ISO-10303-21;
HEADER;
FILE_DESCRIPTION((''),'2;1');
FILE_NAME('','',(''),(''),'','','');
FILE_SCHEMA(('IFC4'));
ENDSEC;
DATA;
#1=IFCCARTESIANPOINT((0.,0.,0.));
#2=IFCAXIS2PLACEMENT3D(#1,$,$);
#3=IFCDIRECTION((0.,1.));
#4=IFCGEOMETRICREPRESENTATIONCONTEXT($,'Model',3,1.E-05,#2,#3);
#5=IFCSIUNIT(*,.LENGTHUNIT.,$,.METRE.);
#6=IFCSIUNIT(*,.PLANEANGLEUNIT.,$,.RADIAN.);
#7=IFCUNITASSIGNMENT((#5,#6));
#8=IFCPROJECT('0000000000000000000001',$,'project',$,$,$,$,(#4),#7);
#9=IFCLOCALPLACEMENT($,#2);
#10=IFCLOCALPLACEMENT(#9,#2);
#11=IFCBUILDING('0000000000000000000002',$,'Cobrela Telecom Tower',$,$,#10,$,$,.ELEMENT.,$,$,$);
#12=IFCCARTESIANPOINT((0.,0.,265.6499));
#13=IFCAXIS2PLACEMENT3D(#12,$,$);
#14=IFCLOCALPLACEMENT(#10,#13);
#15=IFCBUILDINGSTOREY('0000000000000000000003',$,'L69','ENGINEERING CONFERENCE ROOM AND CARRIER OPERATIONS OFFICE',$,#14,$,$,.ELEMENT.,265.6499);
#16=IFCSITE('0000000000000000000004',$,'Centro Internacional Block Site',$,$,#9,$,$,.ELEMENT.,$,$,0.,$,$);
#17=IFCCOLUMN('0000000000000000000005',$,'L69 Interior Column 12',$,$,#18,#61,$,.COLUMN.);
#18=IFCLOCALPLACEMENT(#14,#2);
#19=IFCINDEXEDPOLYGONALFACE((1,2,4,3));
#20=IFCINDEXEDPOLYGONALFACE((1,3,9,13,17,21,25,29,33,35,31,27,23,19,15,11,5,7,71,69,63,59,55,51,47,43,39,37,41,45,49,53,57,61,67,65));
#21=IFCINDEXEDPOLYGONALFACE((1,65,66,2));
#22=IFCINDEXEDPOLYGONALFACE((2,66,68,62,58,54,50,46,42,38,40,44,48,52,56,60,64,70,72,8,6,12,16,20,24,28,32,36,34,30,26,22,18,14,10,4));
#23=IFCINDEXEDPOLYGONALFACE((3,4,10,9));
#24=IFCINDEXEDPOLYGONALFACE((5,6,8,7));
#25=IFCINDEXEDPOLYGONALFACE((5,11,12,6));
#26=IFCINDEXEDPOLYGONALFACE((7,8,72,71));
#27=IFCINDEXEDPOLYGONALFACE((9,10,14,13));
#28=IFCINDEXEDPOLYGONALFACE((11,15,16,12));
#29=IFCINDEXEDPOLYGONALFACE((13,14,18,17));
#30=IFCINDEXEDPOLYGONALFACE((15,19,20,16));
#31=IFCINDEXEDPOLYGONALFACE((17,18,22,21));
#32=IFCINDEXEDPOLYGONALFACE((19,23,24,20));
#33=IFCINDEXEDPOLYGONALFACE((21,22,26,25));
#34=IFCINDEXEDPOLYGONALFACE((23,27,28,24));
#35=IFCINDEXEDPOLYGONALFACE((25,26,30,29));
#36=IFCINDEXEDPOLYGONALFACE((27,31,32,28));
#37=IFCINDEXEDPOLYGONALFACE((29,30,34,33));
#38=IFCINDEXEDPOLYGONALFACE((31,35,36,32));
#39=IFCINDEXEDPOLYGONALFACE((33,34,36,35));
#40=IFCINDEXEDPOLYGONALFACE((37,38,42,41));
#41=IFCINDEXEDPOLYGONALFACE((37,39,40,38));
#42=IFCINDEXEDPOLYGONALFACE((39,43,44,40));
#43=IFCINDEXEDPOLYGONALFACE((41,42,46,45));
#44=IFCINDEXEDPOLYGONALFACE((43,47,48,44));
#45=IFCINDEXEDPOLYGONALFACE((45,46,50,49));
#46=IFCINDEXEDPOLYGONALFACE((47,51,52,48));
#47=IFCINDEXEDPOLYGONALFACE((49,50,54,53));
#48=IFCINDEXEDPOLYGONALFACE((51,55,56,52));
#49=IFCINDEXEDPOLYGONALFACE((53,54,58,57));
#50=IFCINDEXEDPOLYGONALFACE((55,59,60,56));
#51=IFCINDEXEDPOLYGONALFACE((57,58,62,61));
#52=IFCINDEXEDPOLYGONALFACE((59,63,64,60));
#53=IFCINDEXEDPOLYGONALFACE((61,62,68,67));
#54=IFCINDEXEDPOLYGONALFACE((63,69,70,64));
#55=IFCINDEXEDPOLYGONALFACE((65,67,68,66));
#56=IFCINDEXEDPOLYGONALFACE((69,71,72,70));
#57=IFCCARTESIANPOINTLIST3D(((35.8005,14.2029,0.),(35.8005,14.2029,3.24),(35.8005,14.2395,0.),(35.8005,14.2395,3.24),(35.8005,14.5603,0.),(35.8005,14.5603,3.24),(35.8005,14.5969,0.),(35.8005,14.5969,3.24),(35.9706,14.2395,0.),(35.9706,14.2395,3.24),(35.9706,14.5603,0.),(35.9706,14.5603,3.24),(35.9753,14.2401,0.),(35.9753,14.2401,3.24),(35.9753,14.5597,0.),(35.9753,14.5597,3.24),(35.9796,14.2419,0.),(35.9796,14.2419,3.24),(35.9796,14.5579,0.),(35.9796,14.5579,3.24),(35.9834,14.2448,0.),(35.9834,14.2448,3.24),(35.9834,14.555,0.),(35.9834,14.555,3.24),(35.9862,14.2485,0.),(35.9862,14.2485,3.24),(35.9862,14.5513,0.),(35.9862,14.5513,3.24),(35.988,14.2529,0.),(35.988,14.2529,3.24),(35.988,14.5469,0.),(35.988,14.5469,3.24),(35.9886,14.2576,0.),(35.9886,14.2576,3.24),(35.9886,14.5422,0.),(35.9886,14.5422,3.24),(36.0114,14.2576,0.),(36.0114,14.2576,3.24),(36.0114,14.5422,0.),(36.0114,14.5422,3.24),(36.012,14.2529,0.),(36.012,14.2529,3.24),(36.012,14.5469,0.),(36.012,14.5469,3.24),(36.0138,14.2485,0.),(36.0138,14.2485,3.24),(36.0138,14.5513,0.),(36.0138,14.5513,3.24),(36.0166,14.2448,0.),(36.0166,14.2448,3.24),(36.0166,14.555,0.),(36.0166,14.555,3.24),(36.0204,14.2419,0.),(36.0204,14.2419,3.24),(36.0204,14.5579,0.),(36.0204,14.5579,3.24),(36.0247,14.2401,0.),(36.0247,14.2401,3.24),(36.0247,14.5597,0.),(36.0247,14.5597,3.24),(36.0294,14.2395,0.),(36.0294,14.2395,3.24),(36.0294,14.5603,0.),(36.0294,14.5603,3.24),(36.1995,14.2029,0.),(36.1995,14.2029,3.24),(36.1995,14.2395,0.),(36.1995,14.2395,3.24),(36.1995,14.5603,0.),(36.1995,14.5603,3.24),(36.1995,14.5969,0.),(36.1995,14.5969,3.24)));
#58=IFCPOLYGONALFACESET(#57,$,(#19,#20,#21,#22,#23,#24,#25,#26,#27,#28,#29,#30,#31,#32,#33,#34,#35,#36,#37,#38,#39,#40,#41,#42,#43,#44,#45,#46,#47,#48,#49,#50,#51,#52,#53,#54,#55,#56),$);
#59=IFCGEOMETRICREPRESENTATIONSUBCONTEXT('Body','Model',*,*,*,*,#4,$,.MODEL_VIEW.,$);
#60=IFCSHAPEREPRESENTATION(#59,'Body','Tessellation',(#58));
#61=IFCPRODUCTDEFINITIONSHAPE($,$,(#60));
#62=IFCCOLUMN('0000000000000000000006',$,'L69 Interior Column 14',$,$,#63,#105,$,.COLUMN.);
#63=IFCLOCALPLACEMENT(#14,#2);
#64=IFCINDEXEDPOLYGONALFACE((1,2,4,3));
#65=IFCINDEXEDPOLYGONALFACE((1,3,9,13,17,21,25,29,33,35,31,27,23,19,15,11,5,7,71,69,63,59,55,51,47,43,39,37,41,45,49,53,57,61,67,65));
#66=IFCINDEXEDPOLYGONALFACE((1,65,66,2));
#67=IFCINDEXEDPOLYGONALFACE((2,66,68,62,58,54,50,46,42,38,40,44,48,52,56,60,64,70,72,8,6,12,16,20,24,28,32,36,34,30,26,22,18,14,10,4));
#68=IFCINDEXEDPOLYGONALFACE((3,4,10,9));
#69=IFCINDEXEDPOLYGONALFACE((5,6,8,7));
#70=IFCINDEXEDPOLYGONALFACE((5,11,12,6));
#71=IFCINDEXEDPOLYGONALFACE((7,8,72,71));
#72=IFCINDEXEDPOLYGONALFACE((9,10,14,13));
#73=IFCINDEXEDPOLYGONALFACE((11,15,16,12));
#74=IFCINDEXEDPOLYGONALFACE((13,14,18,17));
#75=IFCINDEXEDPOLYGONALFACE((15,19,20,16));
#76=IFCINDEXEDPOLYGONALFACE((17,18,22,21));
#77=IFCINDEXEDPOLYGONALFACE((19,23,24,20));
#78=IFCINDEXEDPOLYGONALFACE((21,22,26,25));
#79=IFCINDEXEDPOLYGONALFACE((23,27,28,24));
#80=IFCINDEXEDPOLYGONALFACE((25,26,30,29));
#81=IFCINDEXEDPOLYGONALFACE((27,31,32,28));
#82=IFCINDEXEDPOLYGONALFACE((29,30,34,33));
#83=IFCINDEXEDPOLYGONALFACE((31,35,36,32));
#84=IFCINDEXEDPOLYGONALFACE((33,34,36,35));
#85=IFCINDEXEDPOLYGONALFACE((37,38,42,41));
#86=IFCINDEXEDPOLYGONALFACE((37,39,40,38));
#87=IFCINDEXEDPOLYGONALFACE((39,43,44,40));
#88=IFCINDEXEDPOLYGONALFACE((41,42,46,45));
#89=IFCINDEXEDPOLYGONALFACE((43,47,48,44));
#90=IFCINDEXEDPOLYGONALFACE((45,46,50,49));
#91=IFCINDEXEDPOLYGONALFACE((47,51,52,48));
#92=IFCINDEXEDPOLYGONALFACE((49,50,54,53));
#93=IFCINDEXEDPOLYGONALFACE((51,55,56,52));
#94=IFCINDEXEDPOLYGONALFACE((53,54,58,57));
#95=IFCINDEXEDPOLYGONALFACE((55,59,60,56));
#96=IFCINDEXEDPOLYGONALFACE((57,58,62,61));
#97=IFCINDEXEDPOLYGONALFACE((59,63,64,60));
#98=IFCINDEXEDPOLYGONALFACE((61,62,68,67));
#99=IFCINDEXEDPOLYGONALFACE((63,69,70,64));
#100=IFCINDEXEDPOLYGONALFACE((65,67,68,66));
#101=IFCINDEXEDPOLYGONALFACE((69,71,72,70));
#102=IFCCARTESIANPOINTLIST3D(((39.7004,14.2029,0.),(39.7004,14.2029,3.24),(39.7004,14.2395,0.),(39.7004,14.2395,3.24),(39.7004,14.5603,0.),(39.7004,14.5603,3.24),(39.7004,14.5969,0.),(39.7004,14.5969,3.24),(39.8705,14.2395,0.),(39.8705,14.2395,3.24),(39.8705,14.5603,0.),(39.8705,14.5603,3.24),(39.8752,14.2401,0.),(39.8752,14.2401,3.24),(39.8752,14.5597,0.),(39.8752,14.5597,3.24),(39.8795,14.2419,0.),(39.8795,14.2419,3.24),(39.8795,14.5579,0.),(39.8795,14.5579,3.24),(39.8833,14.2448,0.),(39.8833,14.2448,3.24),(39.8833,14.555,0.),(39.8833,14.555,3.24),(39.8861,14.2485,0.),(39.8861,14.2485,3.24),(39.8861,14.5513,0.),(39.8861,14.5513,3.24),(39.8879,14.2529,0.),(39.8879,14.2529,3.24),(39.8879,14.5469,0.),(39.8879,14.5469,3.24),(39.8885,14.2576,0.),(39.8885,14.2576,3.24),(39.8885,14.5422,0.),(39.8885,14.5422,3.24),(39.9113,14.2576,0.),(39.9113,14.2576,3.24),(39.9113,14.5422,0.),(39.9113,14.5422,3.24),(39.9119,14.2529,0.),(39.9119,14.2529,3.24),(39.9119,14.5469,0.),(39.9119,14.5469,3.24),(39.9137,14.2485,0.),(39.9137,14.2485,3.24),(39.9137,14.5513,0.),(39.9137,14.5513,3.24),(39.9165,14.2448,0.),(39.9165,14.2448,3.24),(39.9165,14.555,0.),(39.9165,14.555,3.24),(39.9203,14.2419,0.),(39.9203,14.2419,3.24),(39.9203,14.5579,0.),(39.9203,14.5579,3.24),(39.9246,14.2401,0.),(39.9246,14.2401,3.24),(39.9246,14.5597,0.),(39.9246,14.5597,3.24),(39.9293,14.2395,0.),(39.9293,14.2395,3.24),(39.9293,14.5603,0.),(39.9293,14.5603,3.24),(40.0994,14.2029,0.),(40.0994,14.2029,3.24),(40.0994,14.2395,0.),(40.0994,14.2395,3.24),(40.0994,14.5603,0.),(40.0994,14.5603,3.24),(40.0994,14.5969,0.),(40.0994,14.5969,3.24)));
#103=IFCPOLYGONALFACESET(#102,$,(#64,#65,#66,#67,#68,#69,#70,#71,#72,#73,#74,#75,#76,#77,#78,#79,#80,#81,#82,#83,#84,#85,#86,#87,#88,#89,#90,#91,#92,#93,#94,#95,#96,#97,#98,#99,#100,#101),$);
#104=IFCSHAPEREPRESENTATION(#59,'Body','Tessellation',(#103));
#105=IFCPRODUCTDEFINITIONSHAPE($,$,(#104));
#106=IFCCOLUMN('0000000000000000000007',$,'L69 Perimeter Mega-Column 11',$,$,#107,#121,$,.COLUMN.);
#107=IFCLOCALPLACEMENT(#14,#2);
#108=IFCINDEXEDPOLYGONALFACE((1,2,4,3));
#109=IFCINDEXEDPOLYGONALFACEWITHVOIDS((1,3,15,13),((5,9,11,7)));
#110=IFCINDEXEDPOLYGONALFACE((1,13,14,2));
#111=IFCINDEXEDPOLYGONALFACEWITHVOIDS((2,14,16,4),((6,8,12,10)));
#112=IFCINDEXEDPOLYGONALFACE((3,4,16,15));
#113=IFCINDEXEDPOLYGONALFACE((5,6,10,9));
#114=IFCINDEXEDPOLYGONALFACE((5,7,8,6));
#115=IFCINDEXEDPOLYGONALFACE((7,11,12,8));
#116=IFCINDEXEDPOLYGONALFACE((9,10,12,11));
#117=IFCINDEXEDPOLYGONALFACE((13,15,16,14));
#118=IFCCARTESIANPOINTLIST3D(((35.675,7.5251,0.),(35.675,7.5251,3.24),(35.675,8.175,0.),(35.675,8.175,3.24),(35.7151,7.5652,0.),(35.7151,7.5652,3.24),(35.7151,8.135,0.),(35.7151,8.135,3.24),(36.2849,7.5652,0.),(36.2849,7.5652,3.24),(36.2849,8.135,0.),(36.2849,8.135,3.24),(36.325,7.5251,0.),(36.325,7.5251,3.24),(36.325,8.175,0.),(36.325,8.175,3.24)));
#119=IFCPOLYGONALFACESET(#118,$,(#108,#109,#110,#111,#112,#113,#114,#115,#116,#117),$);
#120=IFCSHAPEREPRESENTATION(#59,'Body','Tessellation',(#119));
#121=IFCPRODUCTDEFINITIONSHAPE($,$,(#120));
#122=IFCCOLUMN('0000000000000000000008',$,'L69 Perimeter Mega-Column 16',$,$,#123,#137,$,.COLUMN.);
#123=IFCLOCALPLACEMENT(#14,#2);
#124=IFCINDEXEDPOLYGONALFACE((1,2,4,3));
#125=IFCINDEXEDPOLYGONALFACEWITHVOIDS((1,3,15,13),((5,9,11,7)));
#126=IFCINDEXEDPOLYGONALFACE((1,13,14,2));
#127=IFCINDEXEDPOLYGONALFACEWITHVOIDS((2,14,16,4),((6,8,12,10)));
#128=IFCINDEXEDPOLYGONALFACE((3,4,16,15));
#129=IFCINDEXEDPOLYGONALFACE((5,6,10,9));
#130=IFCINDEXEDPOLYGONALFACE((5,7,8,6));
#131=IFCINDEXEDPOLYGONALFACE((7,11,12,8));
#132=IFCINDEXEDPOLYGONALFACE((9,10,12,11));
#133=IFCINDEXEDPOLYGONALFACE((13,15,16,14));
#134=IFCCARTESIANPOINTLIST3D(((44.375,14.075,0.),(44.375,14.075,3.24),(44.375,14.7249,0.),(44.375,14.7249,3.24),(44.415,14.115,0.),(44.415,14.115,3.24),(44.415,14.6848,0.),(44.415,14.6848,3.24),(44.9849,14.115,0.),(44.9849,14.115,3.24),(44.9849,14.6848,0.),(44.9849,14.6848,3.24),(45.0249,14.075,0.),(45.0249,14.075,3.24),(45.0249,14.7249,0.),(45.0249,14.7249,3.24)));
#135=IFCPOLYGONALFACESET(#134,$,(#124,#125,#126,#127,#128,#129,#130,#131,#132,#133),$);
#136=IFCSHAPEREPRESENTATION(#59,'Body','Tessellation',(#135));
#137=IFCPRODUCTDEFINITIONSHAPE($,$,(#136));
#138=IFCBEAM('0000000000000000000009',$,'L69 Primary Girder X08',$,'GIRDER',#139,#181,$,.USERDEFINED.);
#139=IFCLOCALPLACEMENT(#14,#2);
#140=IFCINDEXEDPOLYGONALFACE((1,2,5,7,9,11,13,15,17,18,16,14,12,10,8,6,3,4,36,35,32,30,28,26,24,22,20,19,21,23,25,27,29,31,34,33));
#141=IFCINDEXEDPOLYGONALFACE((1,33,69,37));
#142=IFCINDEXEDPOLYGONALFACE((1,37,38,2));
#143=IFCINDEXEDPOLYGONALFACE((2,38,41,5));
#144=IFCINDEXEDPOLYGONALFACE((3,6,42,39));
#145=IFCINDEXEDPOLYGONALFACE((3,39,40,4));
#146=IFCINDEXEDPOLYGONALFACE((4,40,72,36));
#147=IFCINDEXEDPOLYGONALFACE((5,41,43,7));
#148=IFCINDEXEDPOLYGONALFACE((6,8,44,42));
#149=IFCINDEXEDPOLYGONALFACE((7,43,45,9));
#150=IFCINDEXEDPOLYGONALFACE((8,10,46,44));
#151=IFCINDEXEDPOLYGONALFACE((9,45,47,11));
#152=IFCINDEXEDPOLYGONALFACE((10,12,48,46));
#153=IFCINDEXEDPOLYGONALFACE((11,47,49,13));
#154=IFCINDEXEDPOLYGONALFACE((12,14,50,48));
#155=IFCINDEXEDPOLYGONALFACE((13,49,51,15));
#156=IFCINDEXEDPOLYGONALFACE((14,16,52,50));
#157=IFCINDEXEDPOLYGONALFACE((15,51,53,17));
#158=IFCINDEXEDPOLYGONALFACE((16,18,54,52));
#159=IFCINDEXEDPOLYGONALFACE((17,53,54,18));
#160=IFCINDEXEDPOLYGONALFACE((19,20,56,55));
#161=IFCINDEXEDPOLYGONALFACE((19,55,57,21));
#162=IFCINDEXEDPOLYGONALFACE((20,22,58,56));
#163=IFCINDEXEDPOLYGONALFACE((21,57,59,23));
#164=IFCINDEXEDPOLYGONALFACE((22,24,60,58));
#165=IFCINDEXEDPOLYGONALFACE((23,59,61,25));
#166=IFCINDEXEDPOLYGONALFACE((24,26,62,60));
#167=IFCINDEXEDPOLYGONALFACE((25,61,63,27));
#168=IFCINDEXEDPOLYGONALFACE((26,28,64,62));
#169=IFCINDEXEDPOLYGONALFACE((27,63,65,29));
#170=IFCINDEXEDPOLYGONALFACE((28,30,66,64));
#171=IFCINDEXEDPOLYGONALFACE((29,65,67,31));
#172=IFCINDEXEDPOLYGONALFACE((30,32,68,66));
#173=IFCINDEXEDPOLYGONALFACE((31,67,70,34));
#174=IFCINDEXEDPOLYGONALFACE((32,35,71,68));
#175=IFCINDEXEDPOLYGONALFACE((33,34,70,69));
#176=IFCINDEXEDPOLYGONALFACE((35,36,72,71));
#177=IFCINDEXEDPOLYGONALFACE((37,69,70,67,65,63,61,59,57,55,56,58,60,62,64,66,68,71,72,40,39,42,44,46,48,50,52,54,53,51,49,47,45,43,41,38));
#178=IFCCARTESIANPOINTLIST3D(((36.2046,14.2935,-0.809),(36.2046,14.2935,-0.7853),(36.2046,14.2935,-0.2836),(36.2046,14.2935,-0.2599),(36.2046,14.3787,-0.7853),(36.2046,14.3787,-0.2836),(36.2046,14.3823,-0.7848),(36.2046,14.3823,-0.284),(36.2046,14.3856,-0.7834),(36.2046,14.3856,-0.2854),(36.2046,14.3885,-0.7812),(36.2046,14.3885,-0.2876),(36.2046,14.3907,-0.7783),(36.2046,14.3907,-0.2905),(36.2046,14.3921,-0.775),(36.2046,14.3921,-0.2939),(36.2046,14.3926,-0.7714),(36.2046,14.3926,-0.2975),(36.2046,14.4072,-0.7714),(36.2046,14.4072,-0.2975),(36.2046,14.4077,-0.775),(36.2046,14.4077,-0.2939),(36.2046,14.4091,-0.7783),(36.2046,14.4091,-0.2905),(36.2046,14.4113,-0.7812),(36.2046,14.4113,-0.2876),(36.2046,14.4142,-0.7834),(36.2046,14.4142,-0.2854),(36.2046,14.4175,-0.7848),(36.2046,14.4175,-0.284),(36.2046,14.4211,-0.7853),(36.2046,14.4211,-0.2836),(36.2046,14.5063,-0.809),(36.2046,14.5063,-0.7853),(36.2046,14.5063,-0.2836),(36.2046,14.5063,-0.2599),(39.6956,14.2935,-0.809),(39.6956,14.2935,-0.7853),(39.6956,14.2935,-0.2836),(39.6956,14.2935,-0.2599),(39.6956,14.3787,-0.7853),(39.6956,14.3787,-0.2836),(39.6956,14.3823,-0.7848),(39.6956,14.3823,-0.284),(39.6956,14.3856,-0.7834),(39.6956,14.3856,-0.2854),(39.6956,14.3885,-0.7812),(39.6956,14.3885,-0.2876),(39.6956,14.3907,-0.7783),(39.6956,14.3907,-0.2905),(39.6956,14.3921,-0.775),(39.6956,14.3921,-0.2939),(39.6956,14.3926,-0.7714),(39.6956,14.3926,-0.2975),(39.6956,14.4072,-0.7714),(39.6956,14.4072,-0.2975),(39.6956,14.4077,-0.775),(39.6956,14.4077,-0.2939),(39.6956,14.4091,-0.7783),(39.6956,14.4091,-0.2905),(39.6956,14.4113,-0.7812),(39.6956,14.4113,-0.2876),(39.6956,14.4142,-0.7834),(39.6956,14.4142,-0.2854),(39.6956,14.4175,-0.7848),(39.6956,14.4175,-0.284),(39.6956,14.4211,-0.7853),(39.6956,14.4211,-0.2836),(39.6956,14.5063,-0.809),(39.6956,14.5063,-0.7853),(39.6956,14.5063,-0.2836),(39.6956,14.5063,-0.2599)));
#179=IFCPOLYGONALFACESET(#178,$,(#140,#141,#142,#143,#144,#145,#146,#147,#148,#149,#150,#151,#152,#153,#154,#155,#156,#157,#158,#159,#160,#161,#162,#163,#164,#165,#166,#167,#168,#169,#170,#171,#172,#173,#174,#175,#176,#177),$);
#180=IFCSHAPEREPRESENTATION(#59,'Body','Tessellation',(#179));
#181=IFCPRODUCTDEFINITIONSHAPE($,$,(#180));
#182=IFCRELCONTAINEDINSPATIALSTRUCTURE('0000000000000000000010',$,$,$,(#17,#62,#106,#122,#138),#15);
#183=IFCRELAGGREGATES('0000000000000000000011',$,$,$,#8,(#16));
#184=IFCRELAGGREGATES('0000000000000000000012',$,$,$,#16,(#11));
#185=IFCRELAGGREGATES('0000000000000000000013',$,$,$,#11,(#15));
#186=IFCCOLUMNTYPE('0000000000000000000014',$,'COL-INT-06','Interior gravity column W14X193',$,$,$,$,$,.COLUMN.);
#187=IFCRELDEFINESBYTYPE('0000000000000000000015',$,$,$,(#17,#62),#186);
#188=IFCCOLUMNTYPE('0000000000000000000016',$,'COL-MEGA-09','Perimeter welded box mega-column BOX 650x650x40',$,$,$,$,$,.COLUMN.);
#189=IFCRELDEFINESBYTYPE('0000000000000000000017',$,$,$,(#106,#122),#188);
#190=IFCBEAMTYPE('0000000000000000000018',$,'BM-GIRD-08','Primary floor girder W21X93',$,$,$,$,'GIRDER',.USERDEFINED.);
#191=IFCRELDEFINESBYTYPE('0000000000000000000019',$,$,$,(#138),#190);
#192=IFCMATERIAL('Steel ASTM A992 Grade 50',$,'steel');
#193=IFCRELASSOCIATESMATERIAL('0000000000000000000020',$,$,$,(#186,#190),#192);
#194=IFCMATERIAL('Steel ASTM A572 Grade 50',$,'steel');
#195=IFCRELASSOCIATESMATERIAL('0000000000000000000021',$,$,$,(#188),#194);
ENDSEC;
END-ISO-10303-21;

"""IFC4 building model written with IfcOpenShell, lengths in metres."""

from ifc_helpers import new_model, si_unit, direction, frame, origin, origin_2d, place, context, subcontext, project, spatial, hollow_rectangle, i_section, extrude, material, material_profile, profile_set, type_object, element, save


model = new_model("IFC4")

# Units and contexts
model_context = context("Model", 3, precision=1e-05, world=origin(), true_north=direction((0.0, 1.0)))
body_context = subcontext(model_context, "Body", "Model", "MODEL_VIEW")
ifc_project = project(units=[si_unit("LENGTHUNIT", "METRE"), si_unit("PLANEANGLEUNIT", "RADIAN")], contexts=[model_context])

# Site, building, storey
site_placement = place(None, origin())
site = spatial("IfcSite", under=ifc_project, at=site_placement, Name="Centro Internacional Block Site", CompositionType="ELEMENT", RefElevation=0.0)
building_placement = place(site_placement, origin())
building = spatial("IfcBuilding", under=site, at=building_placement, Name="Cobrela Telecom Tower", CompositionType="ELEMENT")
storey_placement = place(building_placement, frame((0.0, 0.0, 265.6499)))
storey = spatial("IfcBuildingStorey", under=building, at=storey_placement, Name="L69", Description="ENGINEERING CONFERENCE ROOM AND CARRIER OPERATIONS OFFICE", CompositionType="ELEMENT", Elevation=265.6499)

# Columns
ifc_material_1 = material(Name="Steel ASTM A992 Grade 50", Category="steel")
ifc_material_profile_1 = material_profile(ifc_material_1, i_section(OverallWidth=0.3989, OverallDepth=0.394, WebThickness=0.0227, FlangeThickness=0.0366, FilletRadius=0.0181, at=origin_2d()), Name="W14X193")
ifc_profile_set_1 = profile_set([ifc_material_profile_1], Name="Steel ASTM A992 Grade 50")
column_type_1 = type_object("IfcColumnType", Name="COL-INT-06", Description="Interior gravity column W14X193", PredefinedType="COLUMN", material=ifc_profile_set_1)
for number, where, z_axis, x_axis, name in (
    (1, (36.0, 14.3999, 0.0), (0.0, 0.0, 1.0), (1.0, 0.0, 0.0), "L69 Interior Column 12"),
    (2, (39.8999, 14.3999, 0.0), (0.0, 0.0, 1.0), (1.0, 0.0, 0.0), "L69 Interior Column 14"),
):
    element("IfcColumn", number, at=place(storey_placement, frame(where, z_axis=z_axis, x_axis=x_axis)), inside=storey, type_object=column_type_1, Name=name, PredefinedType="COLUMN", context=body_context, shape_type="SweptSolid", body=[
        extrude(i_section(OverallWidth=0.3989, OverallDepth=0.394, WebThickness=0.0227, FlangeThickness=0.0366, FilletRadius=0.0181, at=origin_2d()), origin(), (0.0, 0.0, 1.0), 3.24),
    ])
ifc_material_2 = material(Name="Steel ASTM A572 Grade 50", Category="steel")
ifc_material_profile_2 = material_profile(ifc_material_2, hollow_rectangle(XDim=0.6499, YDim=0.6499, WallThickness=0.04, at=origin_2d()), Name="BOX 650x650x40")
ifc_profile_set_2 = profile_set([ifc_material_profile_2], Name="Steel ASTM A572 Grade 50")
column_type_2 = type_object("IfcColumnType", Name="COL-MEGA-09", Description="Perimeter welded box mega-column BOX 650x650x40", PredefinedType="COLUMN", material=ifc_profile_set_2)
for number, where, z_axis, x_axis, name in (
    (3, (36.0, 7.8501, 0.0), (0.0, 0.0, 1.0), (1.0, 0.0, 0.0), "L69 Perimeter Mega-Column 11"),
    (4, (44.7, 14.3999, 0.0), (0.0, 0.0, 1.0), (1.0, 0.0, 0.0), "L69 Perimeter Mega-Column 16"),
):
    element("IfcColumn", number, at=place(storey_placement, frame(where, z_axis=z_axis, x_axis=x_axis)), inside=storey, type_object=column_type_2, Name=name, PredefinedType="COLUMN", context=body_context, shape_type="SweptSolid", body=[
        extrude(hollow_rectangle(XDim=0.6499, YDim=0.6499, WallThickness=0.04, at=origin_2d()), origin(), (0.0, 0.0, 1.0), 3.24),
    ])

# Beam
ifc_material_profile_3 = material_profile(ifc_material_1, i_section(OverallWidth=0.2129, OverallDepth=0.5491, WebThickness=0.0146, FlangeThickness=0.0237, FilletRadius=0.0139, at=origin_2d()), Name="W21X93")
ifc_profile_set_3 = profile_set([ifc_material_profile_3], Name="Steel ASTM A992 Grade 50")
beam_type_1 = type_object("IfcBeamType", Name="BM-GIRD-08", Description="Primary floor girder W21X93", ElementType="GIRDER", PredefinedType="USERDEFINED", material=ifc_profile_set_3)
beam_1_placement = place(storey_placement, frame((36.2046, 14.3999, -0.5344), z_axis=(1.0, 0.0, 0.0), x_axis=(0.0, 1.0, 0.0)))
element("IfcBeam", 5, at=beam_1_placement, inside=storey, type_object=beam_type_1, Name="L69 Primary Girder X08", ObjectType="GIRDER", PredefinedType="USERDEFINED", context=body_context, shape_type="SweptSolid", body=[
    extrude(i_section(OverallWidth=0.2129, OverallDepth=0.5491, WebThickness=0.0146, FlangeThickness=0.0237, FilletRadius=0.0139, at=origin_2d()), origin(), (0.0, 0.0, 1.0), 3.491),
])

save(model, "model.ifc")
